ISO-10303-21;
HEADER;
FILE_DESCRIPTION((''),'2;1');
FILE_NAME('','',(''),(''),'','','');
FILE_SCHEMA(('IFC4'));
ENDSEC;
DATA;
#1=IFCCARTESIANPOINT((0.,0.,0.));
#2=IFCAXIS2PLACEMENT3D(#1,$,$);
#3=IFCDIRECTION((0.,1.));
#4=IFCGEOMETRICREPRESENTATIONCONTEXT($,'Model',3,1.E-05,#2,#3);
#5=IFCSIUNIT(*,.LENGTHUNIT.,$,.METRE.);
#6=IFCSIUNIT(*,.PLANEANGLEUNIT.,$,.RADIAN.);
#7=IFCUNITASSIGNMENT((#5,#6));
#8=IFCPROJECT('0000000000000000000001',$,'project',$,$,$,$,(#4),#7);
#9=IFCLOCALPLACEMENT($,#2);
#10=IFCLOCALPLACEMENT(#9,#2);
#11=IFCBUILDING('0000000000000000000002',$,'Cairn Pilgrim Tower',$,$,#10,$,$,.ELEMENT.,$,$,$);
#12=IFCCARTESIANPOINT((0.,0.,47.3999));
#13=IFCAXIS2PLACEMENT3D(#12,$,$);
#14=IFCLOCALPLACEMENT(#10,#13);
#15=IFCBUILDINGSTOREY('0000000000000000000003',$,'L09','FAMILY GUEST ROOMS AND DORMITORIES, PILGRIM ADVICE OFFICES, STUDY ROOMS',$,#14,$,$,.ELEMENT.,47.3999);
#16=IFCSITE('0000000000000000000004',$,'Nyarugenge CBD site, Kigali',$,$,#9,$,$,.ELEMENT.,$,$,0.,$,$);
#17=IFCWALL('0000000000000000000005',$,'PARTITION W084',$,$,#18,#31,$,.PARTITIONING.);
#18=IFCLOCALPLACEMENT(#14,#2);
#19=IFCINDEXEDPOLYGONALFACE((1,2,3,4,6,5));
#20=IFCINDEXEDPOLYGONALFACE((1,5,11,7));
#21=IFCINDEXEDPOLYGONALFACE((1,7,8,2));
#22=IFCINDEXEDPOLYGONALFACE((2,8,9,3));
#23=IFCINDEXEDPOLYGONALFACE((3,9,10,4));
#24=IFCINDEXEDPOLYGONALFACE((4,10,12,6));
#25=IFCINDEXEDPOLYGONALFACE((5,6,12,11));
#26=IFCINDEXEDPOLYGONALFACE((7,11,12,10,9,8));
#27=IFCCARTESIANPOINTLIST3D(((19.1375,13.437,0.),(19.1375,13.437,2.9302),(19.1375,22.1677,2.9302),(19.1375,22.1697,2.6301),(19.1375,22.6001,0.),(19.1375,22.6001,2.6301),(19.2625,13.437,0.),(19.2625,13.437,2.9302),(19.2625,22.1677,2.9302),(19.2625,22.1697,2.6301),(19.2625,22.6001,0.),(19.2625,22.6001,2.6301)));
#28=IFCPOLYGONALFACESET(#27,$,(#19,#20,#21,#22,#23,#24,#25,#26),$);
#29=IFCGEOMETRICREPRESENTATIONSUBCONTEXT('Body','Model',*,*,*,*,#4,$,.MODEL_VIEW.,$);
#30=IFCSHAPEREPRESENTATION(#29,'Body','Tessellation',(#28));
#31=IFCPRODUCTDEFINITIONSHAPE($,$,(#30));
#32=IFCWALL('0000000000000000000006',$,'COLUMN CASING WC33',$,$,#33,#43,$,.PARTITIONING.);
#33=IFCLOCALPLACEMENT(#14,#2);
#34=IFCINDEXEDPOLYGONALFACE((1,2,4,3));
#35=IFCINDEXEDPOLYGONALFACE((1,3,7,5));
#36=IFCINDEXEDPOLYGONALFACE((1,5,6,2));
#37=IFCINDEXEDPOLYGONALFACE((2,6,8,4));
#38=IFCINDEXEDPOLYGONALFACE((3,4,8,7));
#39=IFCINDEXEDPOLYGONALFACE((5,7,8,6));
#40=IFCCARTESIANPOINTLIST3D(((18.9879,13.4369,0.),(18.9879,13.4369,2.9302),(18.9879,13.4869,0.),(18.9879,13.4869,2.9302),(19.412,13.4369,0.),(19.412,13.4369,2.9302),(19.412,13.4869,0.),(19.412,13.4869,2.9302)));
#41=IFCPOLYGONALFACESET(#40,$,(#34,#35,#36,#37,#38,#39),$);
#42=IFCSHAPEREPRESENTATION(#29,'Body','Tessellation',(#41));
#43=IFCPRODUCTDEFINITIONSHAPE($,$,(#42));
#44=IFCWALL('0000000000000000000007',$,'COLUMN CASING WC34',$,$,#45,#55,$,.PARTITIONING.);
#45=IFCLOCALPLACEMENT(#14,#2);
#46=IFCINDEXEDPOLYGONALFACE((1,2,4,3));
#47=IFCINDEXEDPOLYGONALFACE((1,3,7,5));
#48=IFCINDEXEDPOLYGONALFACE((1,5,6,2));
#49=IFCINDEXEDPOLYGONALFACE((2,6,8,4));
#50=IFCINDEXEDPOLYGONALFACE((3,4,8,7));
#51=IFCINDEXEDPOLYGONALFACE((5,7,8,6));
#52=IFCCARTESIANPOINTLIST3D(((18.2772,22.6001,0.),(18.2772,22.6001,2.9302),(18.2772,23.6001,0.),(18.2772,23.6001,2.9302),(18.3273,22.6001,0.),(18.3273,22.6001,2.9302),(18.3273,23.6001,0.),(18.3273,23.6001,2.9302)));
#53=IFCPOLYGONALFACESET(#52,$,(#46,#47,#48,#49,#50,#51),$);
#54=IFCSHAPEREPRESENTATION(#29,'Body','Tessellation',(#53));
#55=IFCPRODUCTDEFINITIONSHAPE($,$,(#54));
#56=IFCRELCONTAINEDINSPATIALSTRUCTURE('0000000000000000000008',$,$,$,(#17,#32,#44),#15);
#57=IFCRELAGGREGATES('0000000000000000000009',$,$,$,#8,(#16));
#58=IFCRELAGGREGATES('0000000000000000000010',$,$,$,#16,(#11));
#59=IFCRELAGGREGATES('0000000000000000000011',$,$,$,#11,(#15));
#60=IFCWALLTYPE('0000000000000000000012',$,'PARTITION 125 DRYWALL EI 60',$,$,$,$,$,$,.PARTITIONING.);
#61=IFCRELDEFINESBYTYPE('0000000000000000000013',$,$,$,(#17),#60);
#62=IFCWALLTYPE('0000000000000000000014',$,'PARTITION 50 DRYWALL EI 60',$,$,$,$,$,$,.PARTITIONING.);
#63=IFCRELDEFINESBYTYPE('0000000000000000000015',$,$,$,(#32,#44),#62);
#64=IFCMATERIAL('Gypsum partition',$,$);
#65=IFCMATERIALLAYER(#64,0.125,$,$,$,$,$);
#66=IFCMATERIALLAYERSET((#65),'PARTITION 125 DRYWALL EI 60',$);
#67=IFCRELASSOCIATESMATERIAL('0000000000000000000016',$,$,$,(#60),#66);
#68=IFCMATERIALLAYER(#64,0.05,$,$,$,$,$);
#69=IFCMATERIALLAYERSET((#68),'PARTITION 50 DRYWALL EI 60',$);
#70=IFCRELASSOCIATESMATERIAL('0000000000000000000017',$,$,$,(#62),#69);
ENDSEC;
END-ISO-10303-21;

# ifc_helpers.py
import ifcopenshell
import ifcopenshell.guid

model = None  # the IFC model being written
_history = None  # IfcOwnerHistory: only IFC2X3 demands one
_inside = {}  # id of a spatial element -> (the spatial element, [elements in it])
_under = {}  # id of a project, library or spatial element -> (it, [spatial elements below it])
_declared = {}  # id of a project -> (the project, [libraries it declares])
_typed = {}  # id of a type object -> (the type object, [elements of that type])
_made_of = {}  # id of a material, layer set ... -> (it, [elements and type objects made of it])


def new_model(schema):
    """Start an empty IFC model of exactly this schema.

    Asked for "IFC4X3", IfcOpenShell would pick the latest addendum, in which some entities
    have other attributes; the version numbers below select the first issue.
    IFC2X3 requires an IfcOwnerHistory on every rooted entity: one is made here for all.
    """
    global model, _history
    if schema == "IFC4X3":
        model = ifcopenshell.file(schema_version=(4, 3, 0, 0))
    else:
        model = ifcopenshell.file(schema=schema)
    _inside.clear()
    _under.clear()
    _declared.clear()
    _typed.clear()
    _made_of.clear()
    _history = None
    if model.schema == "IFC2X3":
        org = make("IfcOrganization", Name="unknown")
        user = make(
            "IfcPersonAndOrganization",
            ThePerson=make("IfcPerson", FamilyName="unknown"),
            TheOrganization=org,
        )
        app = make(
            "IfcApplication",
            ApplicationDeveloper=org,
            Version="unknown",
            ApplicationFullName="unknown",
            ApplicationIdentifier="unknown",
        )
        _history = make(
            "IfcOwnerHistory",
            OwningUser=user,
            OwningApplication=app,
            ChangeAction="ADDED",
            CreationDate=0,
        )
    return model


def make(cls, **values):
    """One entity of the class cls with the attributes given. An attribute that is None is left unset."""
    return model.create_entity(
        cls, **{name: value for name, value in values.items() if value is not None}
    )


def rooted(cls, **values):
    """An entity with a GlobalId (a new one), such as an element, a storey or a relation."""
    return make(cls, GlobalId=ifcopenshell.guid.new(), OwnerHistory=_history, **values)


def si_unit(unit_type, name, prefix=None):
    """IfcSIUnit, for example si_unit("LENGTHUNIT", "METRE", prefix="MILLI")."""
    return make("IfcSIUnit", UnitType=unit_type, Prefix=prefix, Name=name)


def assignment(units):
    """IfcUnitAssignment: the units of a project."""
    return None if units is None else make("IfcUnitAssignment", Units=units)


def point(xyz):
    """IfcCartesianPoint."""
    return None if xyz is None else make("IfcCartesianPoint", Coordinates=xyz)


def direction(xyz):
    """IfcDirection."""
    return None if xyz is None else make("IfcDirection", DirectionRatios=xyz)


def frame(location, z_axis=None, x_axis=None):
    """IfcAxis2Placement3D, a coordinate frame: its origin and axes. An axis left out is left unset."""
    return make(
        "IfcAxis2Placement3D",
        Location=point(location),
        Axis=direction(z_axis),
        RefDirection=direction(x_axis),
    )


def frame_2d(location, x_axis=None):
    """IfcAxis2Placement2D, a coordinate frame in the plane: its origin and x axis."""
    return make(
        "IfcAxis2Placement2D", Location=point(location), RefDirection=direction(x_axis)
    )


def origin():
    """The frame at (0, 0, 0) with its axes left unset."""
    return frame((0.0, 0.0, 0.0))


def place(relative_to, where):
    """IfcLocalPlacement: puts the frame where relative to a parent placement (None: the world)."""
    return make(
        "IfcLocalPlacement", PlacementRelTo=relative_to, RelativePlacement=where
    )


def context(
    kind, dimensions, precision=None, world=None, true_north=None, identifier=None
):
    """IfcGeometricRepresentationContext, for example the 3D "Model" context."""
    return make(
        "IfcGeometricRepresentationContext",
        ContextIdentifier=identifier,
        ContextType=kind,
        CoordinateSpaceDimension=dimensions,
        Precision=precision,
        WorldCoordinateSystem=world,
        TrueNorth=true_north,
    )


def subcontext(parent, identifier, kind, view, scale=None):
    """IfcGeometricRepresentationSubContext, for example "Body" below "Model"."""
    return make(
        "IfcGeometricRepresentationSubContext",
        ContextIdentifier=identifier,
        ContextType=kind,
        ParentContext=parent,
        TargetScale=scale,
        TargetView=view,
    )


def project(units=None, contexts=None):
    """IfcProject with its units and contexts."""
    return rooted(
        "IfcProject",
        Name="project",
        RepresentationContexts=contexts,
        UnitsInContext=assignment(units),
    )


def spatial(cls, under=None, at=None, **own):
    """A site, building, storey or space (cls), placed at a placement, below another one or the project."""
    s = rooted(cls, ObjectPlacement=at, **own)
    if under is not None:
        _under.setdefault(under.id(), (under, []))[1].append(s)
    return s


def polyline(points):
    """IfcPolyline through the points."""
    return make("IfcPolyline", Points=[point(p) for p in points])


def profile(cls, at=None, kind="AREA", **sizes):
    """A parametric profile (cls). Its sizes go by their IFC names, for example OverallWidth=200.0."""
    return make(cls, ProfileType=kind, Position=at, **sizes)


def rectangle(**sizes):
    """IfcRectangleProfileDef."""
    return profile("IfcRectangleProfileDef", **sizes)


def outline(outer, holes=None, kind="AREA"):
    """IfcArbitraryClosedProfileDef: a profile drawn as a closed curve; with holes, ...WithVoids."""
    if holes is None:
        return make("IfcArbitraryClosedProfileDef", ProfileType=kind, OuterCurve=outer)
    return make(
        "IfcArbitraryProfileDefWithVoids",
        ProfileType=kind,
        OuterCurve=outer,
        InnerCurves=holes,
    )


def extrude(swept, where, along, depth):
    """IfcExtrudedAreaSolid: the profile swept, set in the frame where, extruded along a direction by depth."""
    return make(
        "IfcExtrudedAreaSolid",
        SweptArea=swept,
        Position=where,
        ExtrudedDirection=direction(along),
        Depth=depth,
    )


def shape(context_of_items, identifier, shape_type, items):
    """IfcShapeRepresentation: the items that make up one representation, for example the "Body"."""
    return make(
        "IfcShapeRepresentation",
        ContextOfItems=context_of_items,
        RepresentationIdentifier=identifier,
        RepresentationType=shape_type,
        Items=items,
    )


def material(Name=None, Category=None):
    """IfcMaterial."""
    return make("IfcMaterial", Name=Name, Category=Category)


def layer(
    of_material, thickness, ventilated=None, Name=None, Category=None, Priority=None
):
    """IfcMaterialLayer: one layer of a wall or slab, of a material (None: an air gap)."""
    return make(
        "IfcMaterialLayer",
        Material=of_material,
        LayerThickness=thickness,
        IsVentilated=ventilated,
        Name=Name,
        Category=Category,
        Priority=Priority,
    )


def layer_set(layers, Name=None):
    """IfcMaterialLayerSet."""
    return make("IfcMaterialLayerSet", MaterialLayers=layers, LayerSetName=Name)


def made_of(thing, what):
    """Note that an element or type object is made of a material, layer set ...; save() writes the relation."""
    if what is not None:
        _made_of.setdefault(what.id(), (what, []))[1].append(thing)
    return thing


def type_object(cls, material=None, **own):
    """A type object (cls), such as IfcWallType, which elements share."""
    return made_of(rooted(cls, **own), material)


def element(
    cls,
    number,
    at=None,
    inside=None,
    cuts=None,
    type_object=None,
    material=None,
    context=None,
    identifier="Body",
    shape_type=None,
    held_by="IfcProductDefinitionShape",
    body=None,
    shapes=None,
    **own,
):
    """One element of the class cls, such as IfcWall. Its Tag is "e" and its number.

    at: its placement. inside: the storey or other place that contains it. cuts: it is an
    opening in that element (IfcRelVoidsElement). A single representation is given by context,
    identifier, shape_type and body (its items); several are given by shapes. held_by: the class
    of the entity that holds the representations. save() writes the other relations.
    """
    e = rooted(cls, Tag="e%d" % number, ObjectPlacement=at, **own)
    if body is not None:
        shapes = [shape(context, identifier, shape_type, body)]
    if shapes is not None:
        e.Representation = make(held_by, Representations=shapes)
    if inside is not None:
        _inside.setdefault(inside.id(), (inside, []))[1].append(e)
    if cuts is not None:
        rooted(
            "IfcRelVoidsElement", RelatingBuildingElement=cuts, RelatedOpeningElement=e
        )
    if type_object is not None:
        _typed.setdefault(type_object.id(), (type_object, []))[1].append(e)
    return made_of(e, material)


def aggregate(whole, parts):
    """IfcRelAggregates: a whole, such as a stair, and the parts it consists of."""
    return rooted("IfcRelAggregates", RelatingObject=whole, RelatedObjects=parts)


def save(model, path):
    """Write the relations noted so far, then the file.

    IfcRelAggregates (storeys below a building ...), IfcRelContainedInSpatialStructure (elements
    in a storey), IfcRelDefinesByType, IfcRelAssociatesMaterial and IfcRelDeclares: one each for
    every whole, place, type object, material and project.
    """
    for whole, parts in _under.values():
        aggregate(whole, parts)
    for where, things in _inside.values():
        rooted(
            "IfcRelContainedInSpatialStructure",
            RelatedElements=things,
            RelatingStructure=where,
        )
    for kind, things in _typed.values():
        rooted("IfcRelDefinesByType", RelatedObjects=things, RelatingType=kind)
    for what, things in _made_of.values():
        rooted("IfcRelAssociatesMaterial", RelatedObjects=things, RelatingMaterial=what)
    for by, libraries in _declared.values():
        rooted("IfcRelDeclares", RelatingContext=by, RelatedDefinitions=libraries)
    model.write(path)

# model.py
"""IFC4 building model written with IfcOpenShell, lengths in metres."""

from ifc_helpers import new_model, si_unit, direction, frame, frame_2d, origin, place, context, subcontext, project, spatial, polyline, rectangle, outline, extrude, material, layer, layer_set, type_object, element, save


model = new_model("IFC4")

# Units and contexts
model_context = context("Model", 3, precision=1e-05, world=origin(), true_north=direction((0.0, 1.0)))
body_context = subcontext(model_context, "Body", "Model", "MODEL_VIEW")
ifc_project = project(units=[si_unit("LENGTHUNIT", "METRE"), si_unit("PLANEANGLEUNIT", "RADIAN")], contexts=[model_context])

# Site, building, storey
site_placement = place(None, origin())
site = spatial("IfcSite", under=ifc_project, at=site_placement, Name="Nyarugenge CBD site, Kigali", CompositionType="ELEMENT", RefElevation=0.0)
building_placement = place(site_placement, origin())
building = spatial("IfcBuilding", under=site, at=building_placement, Name="Cairn Pilgrim Tower", CompositionType="ELEMENT")
storey_placement = place(building_placement, frame((0.0, 0.0, 47.3999)))
storey = spatial("IfcBuildingStorey", under=building, at=storey_placement, Name="L09", Description="FAMILY GUEST ROOMS AND DORMITORIES, PILGRIM ADVICE OFFICES, STUDY ROOMS", CompositionType="ELEMENT", Elevation=47.3999)

# Walls
ifc_material_1 = material(Name="Gypsum partition")
ifc_layer_1 = layer(ifc_material_1, 0.125)
ifc_layer_set_1 = layer_set([ifc_layer_1], Name="PARTITION 125 DRYWALL EI 60")
wall_type_1 = type_object("IfcWallType", Name="PARTITION 125 DRYWALL EI 60", PredefinedType="PARTITIONING", material=ifc_layer_set_1)
wall_1_placement = place(storey_placement, frame((19.2, 13.437, 0.0), z_axis=(0.0, 0.0, 1.0), x_axis=(0.0, 1.0, 0.0)))
element("IfcWall", 1, at=wall_1_placement, inside=storey, type_object=wall_type_1, Name="PARTITION W084", PredefinedType="PARTITIONING", context=body_context, shape_type="SweptSolid", body=[
    extrude(outline(polyline([(0.0, 0.0), (9.1631, 0.0), (9.1631, 2.6301), (8.7327, 2.6301), (8.7307, 2.9302), (0.0, 2.9302), (0.0, 0.0)])), frame((0.0, 0.0625, 0.0), z_axis=(0.0, -1.0, 0.0), x_axis=(1.0, 0.0, 0.0)), (0.0, 0.0, 1.0), 0.125),
])
ifc_layer_2 = layer(ifc_material_1, 0.05)
ifc_layer_set_2 = layer_set([ifc_layer_2], Name="PARTITION 50 DRYWALL EI 60")
wall_type_2 = type_object("IfcWallType", Name="PARTITION 50 DRYWALL EI 60", PredefinedType="PARTITIONING", material=ifc_layer_set_2)
wall_2_placement = place(storey_placement, frame((18.988, 13.4619, 0.0), z_axis=(0.0, 0.0, 1.0), x_axis=(1.0, 0.0, 0.0)))
element("IfcWall", 2, at=wall_2_placement, inside=storey, type_object=wall_type_2, Name="COLUMN CASING WC33", PredefinedType="PARTITIONING", context=body_context, shape_type="SweptSolid", body=[
    extrude(rectangle(XDim=0.4241, YDim=0.05, at=frame_2d((0.2119, 0.0))), origin(), (0.0, 0.0, 1.0), 2.9302),
])
wall_3_placement = place(storey_placement, frame((18.3022, 22.6001, 0.0), z_axis=(0.0, 0.0, 1.0), x_axis=(0.0, 1.0, 0.0)))
element("IfcWall", 3, at=wall_3_placement, inside=storey, type_object=wall_type_2, Name="COLUMN CASING WC34", PredefinedType="PARTITIONING", context=body_context, shape_type="SweptSolid", body=[
    extrude(rectangle(XDim=1.0, YDim=0.05, at=frame_2d((0.5, 0.0))), origin(), (0.0, 0.0, 1.0), 2.9302),
])

save(model, "model.ifc")
